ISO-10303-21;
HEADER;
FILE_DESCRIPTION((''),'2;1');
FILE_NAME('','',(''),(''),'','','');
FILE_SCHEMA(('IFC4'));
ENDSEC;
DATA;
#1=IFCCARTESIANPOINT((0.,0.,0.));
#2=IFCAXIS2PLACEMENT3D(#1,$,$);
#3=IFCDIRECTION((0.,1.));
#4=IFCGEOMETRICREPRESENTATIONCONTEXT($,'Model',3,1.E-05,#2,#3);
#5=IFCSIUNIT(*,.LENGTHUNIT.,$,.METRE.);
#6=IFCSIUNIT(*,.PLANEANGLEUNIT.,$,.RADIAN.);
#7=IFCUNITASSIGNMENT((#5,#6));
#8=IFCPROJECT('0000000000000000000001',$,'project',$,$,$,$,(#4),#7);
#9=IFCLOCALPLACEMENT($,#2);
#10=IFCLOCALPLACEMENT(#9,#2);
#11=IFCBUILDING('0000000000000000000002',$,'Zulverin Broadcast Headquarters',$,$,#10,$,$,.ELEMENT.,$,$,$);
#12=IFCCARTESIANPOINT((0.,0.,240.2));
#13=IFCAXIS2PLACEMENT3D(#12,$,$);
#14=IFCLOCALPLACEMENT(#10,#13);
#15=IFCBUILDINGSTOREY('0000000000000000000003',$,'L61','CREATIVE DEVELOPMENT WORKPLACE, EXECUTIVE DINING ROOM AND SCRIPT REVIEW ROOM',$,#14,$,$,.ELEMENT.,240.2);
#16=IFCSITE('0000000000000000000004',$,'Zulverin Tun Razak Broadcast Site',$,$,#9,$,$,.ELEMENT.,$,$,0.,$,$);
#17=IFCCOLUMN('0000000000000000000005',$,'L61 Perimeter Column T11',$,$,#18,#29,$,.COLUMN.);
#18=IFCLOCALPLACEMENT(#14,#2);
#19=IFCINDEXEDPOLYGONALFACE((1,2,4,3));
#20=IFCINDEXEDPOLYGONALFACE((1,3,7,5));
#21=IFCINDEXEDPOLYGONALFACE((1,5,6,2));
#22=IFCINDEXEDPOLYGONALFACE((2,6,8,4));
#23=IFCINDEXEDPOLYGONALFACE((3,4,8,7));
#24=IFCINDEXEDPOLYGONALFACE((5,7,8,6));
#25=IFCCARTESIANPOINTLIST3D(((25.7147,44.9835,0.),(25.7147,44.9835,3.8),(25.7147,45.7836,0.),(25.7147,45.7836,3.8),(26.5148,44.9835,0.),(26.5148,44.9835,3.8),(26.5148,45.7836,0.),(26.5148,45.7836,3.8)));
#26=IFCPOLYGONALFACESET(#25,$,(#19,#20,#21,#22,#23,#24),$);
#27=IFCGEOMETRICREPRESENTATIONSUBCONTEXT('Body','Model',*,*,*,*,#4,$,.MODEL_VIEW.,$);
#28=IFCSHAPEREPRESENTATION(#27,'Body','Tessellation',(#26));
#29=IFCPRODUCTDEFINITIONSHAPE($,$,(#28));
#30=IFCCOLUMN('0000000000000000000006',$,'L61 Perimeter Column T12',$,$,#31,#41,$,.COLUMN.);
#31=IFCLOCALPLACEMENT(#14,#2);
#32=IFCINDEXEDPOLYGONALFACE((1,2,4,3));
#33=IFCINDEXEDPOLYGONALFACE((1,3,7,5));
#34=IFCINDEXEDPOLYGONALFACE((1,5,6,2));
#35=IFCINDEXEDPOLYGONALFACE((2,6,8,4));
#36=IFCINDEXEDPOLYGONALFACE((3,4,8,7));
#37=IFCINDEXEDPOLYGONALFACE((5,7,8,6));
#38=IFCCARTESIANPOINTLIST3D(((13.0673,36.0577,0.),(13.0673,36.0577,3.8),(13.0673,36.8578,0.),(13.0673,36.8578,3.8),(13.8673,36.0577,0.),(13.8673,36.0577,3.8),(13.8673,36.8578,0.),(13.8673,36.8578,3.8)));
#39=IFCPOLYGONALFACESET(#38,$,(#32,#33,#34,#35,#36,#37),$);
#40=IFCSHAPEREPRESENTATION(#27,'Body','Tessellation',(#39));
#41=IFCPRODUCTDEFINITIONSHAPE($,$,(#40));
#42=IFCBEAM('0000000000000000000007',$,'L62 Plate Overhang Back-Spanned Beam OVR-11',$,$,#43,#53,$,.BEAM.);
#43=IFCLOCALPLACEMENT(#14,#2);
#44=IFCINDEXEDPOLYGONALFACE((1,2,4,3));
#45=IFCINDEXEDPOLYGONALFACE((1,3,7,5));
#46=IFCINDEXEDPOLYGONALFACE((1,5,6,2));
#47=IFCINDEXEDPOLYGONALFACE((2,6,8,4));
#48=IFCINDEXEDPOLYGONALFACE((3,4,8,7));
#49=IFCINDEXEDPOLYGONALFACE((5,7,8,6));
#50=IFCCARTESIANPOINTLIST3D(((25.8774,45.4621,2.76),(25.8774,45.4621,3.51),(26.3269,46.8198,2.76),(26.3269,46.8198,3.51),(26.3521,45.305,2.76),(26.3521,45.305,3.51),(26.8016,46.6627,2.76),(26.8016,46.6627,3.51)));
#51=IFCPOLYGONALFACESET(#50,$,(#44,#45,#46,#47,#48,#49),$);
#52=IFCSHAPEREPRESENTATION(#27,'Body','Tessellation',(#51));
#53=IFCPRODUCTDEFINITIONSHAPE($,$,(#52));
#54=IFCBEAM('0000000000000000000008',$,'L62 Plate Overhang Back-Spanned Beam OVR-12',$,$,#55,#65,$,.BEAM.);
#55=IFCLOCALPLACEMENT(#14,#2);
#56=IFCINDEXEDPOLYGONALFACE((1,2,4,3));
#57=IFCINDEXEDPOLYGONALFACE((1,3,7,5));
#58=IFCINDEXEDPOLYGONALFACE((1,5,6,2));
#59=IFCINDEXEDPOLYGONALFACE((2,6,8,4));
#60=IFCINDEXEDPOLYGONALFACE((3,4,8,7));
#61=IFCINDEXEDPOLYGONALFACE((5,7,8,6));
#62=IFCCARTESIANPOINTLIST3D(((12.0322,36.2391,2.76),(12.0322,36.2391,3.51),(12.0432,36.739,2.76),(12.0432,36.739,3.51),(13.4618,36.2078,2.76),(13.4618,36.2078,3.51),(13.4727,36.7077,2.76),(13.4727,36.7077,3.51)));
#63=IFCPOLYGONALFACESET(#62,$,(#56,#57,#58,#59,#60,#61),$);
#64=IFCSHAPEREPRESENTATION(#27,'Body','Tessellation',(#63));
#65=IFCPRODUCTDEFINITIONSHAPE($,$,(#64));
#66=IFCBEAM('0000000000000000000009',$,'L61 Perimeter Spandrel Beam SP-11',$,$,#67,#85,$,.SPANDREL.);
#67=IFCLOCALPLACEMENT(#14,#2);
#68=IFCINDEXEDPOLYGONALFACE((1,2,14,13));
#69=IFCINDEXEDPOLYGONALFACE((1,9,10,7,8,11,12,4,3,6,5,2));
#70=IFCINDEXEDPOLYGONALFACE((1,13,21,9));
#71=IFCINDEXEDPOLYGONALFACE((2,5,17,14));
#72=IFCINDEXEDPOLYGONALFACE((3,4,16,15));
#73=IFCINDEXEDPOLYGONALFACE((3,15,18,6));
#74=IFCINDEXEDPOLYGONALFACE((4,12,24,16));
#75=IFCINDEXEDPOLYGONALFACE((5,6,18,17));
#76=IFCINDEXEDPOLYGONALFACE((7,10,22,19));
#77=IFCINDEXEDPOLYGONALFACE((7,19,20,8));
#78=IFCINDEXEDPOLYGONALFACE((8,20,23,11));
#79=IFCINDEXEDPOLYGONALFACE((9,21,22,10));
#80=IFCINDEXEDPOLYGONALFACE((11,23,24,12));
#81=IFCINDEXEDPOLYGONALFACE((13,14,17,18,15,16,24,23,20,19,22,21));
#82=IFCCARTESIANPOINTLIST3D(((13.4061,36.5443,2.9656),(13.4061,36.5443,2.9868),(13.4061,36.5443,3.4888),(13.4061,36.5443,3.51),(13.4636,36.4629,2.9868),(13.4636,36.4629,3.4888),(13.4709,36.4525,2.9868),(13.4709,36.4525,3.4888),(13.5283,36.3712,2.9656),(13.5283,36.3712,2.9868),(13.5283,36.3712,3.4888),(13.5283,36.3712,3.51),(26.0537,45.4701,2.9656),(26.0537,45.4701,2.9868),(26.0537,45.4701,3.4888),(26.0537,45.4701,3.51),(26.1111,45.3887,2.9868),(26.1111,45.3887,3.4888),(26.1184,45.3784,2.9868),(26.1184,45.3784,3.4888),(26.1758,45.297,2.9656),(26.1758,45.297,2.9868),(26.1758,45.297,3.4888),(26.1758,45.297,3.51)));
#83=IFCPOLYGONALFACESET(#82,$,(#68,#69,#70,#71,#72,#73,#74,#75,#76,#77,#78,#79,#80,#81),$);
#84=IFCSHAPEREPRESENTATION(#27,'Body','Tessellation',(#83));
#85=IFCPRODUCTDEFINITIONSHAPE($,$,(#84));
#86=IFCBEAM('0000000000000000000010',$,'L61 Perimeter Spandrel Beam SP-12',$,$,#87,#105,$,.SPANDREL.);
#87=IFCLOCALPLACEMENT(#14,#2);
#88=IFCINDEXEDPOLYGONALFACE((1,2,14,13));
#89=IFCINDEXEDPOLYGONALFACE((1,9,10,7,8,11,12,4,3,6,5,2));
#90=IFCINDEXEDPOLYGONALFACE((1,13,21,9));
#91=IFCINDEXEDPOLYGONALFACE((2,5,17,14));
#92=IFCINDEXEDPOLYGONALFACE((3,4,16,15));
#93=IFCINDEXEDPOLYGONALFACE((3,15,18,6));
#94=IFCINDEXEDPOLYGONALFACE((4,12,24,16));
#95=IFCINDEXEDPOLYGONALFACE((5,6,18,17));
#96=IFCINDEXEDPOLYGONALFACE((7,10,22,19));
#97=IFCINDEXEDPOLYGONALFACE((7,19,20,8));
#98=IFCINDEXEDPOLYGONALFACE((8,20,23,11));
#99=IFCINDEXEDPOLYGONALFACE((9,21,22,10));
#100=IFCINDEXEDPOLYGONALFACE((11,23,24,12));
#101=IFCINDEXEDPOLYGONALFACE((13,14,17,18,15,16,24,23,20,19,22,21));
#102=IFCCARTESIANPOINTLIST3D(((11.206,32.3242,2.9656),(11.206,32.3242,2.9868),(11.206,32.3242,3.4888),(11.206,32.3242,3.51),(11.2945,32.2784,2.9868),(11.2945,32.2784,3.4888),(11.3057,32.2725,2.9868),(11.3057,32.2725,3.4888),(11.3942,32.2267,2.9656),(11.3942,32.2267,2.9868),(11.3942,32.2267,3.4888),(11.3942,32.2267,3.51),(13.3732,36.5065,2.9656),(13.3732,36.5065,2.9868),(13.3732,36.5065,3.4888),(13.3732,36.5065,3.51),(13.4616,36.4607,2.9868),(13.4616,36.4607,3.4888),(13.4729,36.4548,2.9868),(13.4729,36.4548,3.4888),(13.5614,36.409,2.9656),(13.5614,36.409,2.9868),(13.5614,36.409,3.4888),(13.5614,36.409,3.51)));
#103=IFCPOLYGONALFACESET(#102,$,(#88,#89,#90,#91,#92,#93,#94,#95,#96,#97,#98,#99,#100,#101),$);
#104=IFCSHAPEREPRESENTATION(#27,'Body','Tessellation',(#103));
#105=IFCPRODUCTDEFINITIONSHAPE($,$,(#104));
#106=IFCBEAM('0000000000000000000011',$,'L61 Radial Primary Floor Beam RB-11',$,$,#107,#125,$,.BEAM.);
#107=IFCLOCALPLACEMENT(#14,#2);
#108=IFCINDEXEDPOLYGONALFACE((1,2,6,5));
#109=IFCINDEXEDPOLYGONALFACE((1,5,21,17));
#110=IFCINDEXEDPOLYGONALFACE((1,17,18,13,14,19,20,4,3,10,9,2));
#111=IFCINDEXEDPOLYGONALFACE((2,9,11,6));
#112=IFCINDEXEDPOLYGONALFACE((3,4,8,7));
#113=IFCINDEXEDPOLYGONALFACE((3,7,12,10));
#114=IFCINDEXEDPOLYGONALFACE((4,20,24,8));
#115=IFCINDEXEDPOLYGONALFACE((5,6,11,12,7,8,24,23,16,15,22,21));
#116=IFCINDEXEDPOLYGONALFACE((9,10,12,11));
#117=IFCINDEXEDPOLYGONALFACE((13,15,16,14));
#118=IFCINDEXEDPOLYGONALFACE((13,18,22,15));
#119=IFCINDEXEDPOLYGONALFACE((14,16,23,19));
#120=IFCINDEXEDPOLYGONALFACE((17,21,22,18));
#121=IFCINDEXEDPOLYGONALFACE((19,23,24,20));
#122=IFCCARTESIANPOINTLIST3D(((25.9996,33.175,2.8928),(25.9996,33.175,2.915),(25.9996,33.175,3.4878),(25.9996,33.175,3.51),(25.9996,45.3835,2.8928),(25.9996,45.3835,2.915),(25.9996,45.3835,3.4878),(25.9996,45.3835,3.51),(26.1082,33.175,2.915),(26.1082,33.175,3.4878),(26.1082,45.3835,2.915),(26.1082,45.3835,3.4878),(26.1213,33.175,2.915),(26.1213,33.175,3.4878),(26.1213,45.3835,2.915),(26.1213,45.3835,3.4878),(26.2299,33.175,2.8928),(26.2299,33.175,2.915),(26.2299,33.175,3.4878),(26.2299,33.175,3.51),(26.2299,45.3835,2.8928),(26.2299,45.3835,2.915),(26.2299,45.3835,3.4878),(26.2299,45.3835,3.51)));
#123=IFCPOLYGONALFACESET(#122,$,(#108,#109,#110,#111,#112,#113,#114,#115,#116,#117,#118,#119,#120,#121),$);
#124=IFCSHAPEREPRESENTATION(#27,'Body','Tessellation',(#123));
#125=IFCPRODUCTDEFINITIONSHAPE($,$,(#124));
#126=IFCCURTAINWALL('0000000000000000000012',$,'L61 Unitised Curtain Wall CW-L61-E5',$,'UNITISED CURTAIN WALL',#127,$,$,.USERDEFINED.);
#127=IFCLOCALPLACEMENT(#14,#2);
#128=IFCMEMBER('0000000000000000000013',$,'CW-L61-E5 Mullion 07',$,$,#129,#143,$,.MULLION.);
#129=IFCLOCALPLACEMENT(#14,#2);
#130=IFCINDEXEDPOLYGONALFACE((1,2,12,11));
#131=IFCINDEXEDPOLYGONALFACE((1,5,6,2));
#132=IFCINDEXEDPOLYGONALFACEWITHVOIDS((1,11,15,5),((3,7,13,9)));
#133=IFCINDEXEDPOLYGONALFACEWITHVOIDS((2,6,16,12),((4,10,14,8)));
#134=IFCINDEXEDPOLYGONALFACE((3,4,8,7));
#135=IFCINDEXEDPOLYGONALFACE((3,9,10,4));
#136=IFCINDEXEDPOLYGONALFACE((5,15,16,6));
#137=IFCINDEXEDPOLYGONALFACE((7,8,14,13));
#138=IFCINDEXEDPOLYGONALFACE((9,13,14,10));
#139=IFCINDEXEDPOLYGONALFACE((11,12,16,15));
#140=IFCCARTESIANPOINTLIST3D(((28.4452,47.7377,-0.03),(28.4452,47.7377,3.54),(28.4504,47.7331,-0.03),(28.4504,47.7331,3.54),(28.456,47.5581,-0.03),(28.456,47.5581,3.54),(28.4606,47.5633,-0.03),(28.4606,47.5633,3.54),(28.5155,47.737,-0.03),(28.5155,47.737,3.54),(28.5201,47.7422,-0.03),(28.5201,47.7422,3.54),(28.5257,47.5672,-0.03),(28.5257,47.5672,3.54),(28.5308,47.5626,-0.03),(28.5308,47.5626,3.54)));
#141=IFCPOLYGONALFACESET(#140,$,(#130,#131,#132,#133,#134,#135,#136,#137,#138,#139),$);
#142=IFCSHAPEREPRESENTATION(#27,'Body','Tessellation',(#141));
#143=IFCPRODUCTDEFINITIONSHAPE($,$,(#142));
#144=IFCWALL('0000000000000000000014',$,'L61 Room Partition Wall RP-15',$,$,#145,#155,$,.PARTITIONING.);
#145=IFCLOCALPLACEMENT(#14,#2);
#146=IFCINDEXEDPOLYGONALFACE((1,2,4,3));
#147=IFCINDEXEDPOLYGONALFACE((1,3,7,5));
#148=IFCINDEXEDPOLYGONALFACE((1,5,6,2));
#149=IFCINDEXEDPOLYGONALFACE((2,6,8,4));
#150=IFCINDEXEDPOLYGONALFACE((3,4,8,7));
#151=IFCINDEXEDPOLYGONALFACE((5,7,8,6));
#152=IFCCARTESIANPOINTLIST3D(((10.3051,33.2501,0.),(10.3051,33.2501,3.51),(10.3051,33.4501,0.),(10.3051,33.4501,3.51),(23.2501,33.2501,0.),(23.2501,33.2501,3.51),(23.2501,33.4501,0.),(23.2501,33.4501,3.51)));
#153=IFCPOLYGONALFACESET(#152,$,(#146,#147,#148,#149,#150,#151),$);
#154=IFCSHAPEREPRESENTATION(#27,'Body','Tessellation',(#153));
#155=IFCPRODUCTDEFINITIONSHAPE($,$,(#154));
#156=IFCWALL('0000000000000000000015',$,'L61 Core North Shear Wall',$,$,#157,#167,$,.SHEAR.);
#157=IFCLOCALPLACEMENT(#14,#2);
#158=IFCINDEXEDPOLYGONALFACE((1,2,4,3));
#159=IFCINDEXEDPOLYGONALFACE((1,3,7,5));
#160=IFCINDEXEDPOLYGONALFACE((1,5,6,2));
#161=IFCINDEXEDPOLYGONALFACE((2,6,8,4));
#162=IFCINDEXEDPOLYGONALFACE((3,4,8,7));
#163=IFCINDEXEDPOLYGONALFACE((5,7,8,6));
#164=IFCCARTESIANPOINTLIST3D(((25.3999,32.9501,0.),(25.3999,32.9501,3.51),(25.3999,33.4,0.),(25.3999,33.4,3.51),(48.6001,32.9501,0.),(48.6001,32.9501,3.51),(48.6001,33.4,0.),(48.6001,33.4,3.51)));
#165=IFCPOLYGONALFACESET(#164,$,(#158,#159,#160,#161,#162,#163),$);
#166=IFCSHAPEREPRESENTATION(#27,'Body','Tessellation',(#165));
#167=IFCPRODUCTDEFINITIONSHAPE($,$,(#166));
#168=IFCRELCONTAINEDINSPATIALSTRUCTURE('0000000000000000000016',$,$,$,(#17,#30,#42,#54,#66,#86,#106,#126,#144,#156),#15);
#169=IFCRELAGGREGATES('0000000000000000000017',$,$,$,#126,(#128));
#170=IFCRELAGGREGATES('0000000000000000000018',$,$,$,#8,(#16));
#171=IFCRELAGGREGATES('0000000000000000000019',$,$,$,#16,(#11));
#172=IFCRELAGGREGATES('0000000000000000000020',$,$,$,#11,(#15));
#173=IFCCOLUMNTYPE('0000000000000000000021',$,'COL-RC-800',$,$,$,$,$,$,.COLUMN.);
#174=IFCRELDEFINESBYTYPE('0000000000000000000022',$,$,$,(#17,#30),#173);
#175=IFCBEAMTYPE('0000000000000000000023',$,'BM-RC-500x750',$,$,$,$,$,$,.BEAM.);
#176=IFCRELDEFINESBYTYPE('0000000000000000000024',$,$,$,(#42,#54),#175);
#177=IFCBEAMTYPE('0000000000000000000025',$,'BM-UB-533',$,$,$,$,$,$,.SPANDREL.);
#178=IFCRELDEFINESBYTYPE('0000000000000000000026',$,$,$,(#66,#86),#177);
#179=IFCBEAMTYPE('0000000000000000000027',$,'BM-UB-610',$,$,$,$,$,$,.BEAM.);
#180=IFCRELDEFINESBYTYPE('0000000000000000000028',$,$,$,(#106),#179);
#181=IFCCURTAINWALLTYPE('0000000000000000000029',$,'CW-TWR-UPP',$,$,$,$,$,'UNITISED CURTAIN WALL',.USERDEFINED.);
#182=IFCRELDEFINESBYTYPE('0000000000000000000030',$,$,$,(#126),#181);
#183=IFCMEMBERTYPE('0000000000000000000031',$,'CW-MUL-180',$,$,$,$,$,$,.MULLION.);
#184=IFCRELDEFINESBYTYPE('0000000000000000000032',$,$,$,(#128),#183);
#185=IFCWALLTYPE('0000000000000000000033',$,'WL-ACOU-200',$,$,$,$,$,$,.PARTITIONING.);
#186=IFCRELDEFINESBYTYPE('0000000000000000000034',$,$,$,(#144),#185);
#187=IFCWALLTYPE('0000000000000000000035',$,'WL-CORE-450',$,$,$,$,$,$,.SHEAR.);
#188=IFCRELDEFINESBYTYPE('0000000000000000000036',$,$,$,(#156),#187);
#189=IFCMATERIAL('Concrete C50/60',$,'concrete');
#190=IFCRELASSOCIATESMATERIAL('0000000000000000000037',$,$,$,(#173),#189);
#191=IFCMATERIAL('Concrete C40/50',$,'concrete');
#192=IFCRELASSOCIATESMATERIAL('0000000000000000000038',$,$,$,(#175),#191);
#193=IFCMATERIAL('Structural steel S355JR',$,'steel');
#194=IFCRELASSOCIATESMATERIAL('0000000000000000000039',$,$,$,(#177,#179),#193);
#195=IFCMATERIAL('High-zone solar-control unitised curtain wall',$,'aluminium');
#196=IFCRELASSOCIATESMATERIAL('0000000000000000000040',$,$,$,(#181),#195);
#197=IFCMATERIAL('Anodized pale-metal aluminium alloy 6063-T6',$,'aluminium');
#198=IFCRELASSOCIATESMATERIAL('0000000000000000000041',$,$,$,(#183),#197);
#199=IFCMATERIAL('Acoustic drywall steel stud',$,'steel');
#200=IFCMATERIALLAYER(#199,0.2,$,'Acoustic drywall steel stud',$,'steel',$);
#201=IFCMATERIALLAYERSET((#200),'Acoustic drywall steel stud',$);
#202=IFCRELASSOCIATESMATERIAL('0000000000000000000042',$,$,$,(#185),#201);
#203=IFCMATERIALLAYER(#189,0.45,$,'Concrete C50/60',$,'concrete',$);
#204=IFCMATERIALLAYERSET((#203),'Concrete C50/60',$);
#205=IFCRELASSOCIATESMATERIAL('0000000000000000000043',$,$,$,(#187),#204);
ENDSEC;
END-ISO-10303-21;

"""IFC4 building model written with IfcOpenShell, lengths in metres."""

from ifc_helpers import new_model, si_unit, direction, frame, frame_2d, origin, origin_2d, place, context, subcontext, project, spatial, rectangle, hollow_rectangle, i_section, extrude, material, layer, layer_set, material_profile, profile_set, type_object, element, aggregate, save


model = new_model("IFC4")

# Units and contexts
model_context = context("Model", 3, precision=1e-05, world=origin(), true_north=direction((0.0, 1.0)))
body_context = subcontext(model_context, "Body", "Model", "MODEL_VIEW")
ifc_project = project(units=[si_unit("LENGTHUNIT", "METRE"), si_unit("PLANEANGLEUNIT", "RADIAN")], contexts=[model_context])

# Site, building, storey
site_placement = place(None, origin())
site = spatial("IfcSite", under=ifc_project, at=site_placement, Name="Zulverin Tun Razak Broadcast Site", CompositionType="ELEMENT", RefElevation=0.0)
building_placement = place(site_placement, origin())
building = spatial("IfcBuilding", under=site, at=building_placement, Name="Zulverin Broadcast Headquarters", CompositionType="ELEMENT")
storey_placement = place(building_placement, frame((0.0, 0.0, 240.2)))
storey = spatial("IfcBuildingStorey", under=building, at=storey_placement, Name="L61", Description="CREATIVE DEVELOPMENT WORKPLACE, EXECUTIVE DINING ROOM AND SCRIPT REVIEW ROOM", CompositionType="ELEMENT", Elevation=240.2)

# Columns
ifc_material_1 = material(Name="Concrete C50/60", Category="concrete")
ifc_material_profile_1 = material_profile(ifc_material_1, rectangle(XDim=0.8, YDim=0.8, at=origin_2d()), Name="Concrete C50/60", Category="concrete")
ifc_profile_set_1 = profile_set([ifc_material_profile_1], Name="Concrete C50/60")
column_type = type_object("IfcColumnType", Name="COL-RC-800", PredefinedType="COLUMN", material=ifc_profile_set_1)
for number, where, z_axis, x_axis, name in (
    (1, (26.1147, 45.3835, 0.0), (0.0, 0.0, 1.0), (1.0, 0.0, 0.0), "L61 Perimeter Column T11"),
    (2, (13.4673, 36.4578, 0.0), (0.0, 0.0, 1.0), (1.0, 0.0, 0.0), "L61 Perimeter Column T12"),
):
    element("IfcColumn", number, at=place(storey_placement, frame(where, z_axis=z_axis, x_axis=x_axis)), inside=storey, type_object=column_type, Name=name, PredefinedType="COLUMN", context=body_context, shape_type="SweptSolid", body=[
        extrude(rectangle(XDim=0.8, YDim=0.8, at=origin_2d()), origin(), (0.0, 0.0, 1.0), 3.8),
    ])

# Beams
ifc_material_2 = material(Name="Concrete C40/50", Category="concrete")
ifc_material_profile_2 = material_profile(ifc_material_2, rectangle(XDim=0.5, YDim=0.75, at=origin_2d()), Name="Concrete C40/50", Category="concrete")
ifc_profile_set_2 = profile_set([ifc_material_profile_2], Name="Concrete C40/50")
beam_type_1 = type_object("IfcBeamType", Name="BM-RC-500x750", PredefinedType="BEAM", material=ifc_profile_set_2)
beam_1_placement = place(storey_placement, frame((26.1147, 45.3835, 3.135), z_axis=(0.314281, 0.94933, 0.0), x_axis=(-0.94933, 0.314281, 0.0)))
element("IfcBeam", 3, at=beam_1_placement, inside=storey, type_object=beam_type_1, Name="L62 Plate Overhang Back-Spanned Beam OVR-11", PredefinedType="BEAM", context=body_context, shape_type="SweptSolid", body=[
    extrude(rectangle(XDim=0.5, YDim=0.75, at=origin_2d()), origin(), (0.0, 0.0, 1.0), 1.4302),
])
beam_2_placement = place(storey_placement, frame((13.4673, 36.4578, 3.135), z_axis=(-0.999761, 0.021853, 0.0), x_axis=(-0.021853, -0.999761, 0.0)))
element("IfcBeam", 4, at=beam_2_placement, inside=storey, type_object=beam_type_1, Name="L62 Plate Overhang Back-Spanned Beam OVR-12", PredefinedType="BEAM", context=body_context, shape_type="SweptSolid", body=[
    extrude(rectangle(XDim=0.5, YDim=0.75, at=origin_2d()), origin(), (0.0, 0.0, 1.0), 1.4299),
])
ifc_material_3 = material(Name="Structural steel S355JR", Category="steel")
ifc_material_profile_3 = material_profile(ifc_material_3, i_section(OverallWidth=0.2119, OverallDepth=0.5444, WebThickness=0.0127, FlangeThickness=0.0212, at=origin_2d()), Name="Structural steel S355JR", Category="steel")
ifc_profile_set_3 = profile_set([ifc_material_profile_3], Name="Structural steel S355JR")
beam_type_2 = type_object("IfcBeamType", Name="BM-UB-533", PredefinedType="SPANDREL", material=ifc_profile_set_3)
beam_3_placement = place(storey_placement, frame((26.1147, 45.3835, 3.2378), z_axis=(-0.817024, -0.576604, 0.0), x_axis=(0.576604, -0.817024, 0.0)))
element("IfcBeam", 5, at=beam_3_placement, inside=storey, type_object=beam_type_2, Name="L61 Perimeter Spandrel Beam SP-11", PredefinedType="SPANDREL", context=body_context, shape_type="SweptSolid", body=[
    extrude(i_section(OverallWidth=0.2119, OverallDepth=0.5444, WebThickness=0.0127, FlangeThickness=0.0212, at=origin_2d()), origin(), (0.0, 0.0, 1.0), 15.48),
])
beam_4_placement = place(storey_placement, frame((13.4673, 36.4578, 3.2378), z_axis=(-0.460083, -0.887876, 0.0), x_axis=(0.887876, -0.460083, 0.0)))
element("IfcBeam", 6, at=beam_4_placement, inside=storey, type_object=beam_type_2, Name="L61 Perimeter Spandrel Beam SP-12", PredefinedType="SPANDREL", context=body_context, shape_type="SweptSolid", body=[
    extrude(i_section(OverallWidth=0.2119, OverallDepth=0.5444, WebThickness=0.0127, FlangeThickness=0.0212, at=origin_2d()), origin(), (0.0, 0.0, 1.0), 4.7104),
])
ifc_material_profile_4 = material_profile(ifc_material_3, i_section(OverallWidth=0.2302, OverallDepth=0.6172, WebThickness=0.0132, FlangeThickness=0.0222, at=origin_2d()), Name="Structural steel S355JR", Category="steel")
ifc_profile_set_4 = profile_set([ifc_material_profile_4], Name="Structural steel S355JR")
beam_type_3 = type_object("IfcBeamType", Name="BM-UB-610", PredefinedType="BEAM", material=ifc_profile_set_4)
beam_5_placement = place(storey_placement, frame((26.1147, 33.175, 3.2014), z_axis=(0.0, 1.0, 0.0), x_axis=(-1.0, 0.0, 0.0)))
element("IfcBeam", 7, at=beam_5_placement, inside=storey, type_object=beam_type_3, Name="L61 Radial Primary Floor Beam RB-11", PredefinedType="BEAM", context=body_context, shape_type="SweptSolid", body=[
    extrude(i_section(OverallWidth=0.2302, OverallDepth=0.6172, WebThickness=0.0132, FlangeThickness=0.0222, at=origin_2d()), origin(), (0.0, 0.0, 1.0), 12.2085),
])

# Curtain wall, member
ifc_material_4 = material(Name="High-zone solar-control unitised curtain wall", Category="aluminium")
curtain_wall_type = type_object("IfcCurtainWallType", Name="CW-TWR-UPP", ElementType="UNITISED CURTAIN WALL", PredefinedType="USERDEFINED", material=ifc_material_4)
curtain_wall_placement = place(storey_placement, origin())
curtain_wall = element("IfcCurtainWall", 8, at=curtain_wall_placement, inside=storey, type_object=curtain_wall_type, Name="L61 Unitised Curtain Wall CW-L61-E5", ObjectType="UNITISED CURTAIN WALL", PredefinedType="USERDEFINED")
ifc_material_5 = material(Name="Anodized pale-metal aluminium alloy 6063-T6", Category="aluminium")
ifc_material_profile_5 = material_profile(ifc_material_5, hollow_rectangle(XDim=0.075, YDim=0.1799, WallThickness=0.0049, at=origin_2d()), Name="Anodized pale-metal aluminium alloy 6063-T6", Category="aluminium")
ifc_profile_set_5 = profile_set([ifc_material_profile_5], Name="Anodized pale-metal aluminium alloy 6063-T6")
member_type = type_object("IfcMemberType", Name="CW-MUL-180", PredefinedType="MULLION", material=ifc_profile_set_5)
member_placement = place(storey_placement, frame((28.488, 47.6501, -0.03), z_axis=(0.0, 0.0, 1.0), x_axis=(-0.998203, -0.05993, 0.0)))
member = element("IfcMember", 9, at=member_placement, type_object=member_type, Name="CW-L61-E5 Mullion 07", PredefinedType="MULLION", context=body_context, shape_type="SweptSolid", body=[
    extrude(hollow_rectangle(XDim=0.075, YDim=0.1799, WallThickness=0.0049, at=origin_2d()), origin(), (0.0, 0.0, 1.0), 3.5701),
])
aggregate(curtain_wall, [member])

# Walls
ifc_material_6 = material(Name="Acoustic drywall steel stud", Category="steel")
ifc_layer_1 = layer(ifc_material_6, 0.2, Name="Acoustic drywall steel stud", Category="steel")
ifc_layer_set_1 = layer_set([ifc_layer_1], Name="Acoustic drywall steel stud")
wall_type_1 = type_object("IfcWallType", Name="WL-ACOU-200", PredefinedType="PARTITIONING", material=ifc_layer_set_1)
wall_1_placement = place(storey_placement, frame((10.3049, 33.3501, 0.0), z_axis=(0.0, 0.0, 1.0), x_axis=(1.0, 0.0, 0.0)))
element("IfcWall", 10, at=wall_1_placement, inside=storey, type_object=wall_type_1, Name="L61 Room Partition Wall RP-15", PredefinedType="PARTITIONING", context=body_context, shape_type="SweptSolid", body=[
    extrude(rectangle(XDim=12.9451, YDim=0.2, at=frame_2d((6.4727, 0.0))), origin(), (0.0, 0.0, 1.0), 3.51),
])
ifc_layer_2 = layer(ifc_material_1, 0.45, Name="Concrete C50/60", Category="concrete")
ifc_layer_set_2 = layer_set([ifc_layer_2], Name="Concrete C50/60")
wall_type_2 = type_object("IfcWallType", Name="WL-CORE-450", PredefinedType="SHEAR", material=ifc_layer_set_2)
wall_2_placement = place(storey_placement, frame((25.3999, 33.175, 0.0), z_axis=(0.0, 0.0, 1.0), x_axis=(1.0, 0.0, 0.0)))
element("IfcWall", 11, at=wall_2_placement, inside=storey, type_object=wall_type_2, Name="L61 Core North Shear Wall", PredefinedType="SHEAR", context=body_context, shape_type="SweptSolid", body=[
    extrude(rectangle(XDim=23.2002, YDim=0.45, at=frame_2d((11.6001, 0.0))), origin(), (0.0, 0.0, 1.0), 3.51),
])

save(model, "model.ifc")
